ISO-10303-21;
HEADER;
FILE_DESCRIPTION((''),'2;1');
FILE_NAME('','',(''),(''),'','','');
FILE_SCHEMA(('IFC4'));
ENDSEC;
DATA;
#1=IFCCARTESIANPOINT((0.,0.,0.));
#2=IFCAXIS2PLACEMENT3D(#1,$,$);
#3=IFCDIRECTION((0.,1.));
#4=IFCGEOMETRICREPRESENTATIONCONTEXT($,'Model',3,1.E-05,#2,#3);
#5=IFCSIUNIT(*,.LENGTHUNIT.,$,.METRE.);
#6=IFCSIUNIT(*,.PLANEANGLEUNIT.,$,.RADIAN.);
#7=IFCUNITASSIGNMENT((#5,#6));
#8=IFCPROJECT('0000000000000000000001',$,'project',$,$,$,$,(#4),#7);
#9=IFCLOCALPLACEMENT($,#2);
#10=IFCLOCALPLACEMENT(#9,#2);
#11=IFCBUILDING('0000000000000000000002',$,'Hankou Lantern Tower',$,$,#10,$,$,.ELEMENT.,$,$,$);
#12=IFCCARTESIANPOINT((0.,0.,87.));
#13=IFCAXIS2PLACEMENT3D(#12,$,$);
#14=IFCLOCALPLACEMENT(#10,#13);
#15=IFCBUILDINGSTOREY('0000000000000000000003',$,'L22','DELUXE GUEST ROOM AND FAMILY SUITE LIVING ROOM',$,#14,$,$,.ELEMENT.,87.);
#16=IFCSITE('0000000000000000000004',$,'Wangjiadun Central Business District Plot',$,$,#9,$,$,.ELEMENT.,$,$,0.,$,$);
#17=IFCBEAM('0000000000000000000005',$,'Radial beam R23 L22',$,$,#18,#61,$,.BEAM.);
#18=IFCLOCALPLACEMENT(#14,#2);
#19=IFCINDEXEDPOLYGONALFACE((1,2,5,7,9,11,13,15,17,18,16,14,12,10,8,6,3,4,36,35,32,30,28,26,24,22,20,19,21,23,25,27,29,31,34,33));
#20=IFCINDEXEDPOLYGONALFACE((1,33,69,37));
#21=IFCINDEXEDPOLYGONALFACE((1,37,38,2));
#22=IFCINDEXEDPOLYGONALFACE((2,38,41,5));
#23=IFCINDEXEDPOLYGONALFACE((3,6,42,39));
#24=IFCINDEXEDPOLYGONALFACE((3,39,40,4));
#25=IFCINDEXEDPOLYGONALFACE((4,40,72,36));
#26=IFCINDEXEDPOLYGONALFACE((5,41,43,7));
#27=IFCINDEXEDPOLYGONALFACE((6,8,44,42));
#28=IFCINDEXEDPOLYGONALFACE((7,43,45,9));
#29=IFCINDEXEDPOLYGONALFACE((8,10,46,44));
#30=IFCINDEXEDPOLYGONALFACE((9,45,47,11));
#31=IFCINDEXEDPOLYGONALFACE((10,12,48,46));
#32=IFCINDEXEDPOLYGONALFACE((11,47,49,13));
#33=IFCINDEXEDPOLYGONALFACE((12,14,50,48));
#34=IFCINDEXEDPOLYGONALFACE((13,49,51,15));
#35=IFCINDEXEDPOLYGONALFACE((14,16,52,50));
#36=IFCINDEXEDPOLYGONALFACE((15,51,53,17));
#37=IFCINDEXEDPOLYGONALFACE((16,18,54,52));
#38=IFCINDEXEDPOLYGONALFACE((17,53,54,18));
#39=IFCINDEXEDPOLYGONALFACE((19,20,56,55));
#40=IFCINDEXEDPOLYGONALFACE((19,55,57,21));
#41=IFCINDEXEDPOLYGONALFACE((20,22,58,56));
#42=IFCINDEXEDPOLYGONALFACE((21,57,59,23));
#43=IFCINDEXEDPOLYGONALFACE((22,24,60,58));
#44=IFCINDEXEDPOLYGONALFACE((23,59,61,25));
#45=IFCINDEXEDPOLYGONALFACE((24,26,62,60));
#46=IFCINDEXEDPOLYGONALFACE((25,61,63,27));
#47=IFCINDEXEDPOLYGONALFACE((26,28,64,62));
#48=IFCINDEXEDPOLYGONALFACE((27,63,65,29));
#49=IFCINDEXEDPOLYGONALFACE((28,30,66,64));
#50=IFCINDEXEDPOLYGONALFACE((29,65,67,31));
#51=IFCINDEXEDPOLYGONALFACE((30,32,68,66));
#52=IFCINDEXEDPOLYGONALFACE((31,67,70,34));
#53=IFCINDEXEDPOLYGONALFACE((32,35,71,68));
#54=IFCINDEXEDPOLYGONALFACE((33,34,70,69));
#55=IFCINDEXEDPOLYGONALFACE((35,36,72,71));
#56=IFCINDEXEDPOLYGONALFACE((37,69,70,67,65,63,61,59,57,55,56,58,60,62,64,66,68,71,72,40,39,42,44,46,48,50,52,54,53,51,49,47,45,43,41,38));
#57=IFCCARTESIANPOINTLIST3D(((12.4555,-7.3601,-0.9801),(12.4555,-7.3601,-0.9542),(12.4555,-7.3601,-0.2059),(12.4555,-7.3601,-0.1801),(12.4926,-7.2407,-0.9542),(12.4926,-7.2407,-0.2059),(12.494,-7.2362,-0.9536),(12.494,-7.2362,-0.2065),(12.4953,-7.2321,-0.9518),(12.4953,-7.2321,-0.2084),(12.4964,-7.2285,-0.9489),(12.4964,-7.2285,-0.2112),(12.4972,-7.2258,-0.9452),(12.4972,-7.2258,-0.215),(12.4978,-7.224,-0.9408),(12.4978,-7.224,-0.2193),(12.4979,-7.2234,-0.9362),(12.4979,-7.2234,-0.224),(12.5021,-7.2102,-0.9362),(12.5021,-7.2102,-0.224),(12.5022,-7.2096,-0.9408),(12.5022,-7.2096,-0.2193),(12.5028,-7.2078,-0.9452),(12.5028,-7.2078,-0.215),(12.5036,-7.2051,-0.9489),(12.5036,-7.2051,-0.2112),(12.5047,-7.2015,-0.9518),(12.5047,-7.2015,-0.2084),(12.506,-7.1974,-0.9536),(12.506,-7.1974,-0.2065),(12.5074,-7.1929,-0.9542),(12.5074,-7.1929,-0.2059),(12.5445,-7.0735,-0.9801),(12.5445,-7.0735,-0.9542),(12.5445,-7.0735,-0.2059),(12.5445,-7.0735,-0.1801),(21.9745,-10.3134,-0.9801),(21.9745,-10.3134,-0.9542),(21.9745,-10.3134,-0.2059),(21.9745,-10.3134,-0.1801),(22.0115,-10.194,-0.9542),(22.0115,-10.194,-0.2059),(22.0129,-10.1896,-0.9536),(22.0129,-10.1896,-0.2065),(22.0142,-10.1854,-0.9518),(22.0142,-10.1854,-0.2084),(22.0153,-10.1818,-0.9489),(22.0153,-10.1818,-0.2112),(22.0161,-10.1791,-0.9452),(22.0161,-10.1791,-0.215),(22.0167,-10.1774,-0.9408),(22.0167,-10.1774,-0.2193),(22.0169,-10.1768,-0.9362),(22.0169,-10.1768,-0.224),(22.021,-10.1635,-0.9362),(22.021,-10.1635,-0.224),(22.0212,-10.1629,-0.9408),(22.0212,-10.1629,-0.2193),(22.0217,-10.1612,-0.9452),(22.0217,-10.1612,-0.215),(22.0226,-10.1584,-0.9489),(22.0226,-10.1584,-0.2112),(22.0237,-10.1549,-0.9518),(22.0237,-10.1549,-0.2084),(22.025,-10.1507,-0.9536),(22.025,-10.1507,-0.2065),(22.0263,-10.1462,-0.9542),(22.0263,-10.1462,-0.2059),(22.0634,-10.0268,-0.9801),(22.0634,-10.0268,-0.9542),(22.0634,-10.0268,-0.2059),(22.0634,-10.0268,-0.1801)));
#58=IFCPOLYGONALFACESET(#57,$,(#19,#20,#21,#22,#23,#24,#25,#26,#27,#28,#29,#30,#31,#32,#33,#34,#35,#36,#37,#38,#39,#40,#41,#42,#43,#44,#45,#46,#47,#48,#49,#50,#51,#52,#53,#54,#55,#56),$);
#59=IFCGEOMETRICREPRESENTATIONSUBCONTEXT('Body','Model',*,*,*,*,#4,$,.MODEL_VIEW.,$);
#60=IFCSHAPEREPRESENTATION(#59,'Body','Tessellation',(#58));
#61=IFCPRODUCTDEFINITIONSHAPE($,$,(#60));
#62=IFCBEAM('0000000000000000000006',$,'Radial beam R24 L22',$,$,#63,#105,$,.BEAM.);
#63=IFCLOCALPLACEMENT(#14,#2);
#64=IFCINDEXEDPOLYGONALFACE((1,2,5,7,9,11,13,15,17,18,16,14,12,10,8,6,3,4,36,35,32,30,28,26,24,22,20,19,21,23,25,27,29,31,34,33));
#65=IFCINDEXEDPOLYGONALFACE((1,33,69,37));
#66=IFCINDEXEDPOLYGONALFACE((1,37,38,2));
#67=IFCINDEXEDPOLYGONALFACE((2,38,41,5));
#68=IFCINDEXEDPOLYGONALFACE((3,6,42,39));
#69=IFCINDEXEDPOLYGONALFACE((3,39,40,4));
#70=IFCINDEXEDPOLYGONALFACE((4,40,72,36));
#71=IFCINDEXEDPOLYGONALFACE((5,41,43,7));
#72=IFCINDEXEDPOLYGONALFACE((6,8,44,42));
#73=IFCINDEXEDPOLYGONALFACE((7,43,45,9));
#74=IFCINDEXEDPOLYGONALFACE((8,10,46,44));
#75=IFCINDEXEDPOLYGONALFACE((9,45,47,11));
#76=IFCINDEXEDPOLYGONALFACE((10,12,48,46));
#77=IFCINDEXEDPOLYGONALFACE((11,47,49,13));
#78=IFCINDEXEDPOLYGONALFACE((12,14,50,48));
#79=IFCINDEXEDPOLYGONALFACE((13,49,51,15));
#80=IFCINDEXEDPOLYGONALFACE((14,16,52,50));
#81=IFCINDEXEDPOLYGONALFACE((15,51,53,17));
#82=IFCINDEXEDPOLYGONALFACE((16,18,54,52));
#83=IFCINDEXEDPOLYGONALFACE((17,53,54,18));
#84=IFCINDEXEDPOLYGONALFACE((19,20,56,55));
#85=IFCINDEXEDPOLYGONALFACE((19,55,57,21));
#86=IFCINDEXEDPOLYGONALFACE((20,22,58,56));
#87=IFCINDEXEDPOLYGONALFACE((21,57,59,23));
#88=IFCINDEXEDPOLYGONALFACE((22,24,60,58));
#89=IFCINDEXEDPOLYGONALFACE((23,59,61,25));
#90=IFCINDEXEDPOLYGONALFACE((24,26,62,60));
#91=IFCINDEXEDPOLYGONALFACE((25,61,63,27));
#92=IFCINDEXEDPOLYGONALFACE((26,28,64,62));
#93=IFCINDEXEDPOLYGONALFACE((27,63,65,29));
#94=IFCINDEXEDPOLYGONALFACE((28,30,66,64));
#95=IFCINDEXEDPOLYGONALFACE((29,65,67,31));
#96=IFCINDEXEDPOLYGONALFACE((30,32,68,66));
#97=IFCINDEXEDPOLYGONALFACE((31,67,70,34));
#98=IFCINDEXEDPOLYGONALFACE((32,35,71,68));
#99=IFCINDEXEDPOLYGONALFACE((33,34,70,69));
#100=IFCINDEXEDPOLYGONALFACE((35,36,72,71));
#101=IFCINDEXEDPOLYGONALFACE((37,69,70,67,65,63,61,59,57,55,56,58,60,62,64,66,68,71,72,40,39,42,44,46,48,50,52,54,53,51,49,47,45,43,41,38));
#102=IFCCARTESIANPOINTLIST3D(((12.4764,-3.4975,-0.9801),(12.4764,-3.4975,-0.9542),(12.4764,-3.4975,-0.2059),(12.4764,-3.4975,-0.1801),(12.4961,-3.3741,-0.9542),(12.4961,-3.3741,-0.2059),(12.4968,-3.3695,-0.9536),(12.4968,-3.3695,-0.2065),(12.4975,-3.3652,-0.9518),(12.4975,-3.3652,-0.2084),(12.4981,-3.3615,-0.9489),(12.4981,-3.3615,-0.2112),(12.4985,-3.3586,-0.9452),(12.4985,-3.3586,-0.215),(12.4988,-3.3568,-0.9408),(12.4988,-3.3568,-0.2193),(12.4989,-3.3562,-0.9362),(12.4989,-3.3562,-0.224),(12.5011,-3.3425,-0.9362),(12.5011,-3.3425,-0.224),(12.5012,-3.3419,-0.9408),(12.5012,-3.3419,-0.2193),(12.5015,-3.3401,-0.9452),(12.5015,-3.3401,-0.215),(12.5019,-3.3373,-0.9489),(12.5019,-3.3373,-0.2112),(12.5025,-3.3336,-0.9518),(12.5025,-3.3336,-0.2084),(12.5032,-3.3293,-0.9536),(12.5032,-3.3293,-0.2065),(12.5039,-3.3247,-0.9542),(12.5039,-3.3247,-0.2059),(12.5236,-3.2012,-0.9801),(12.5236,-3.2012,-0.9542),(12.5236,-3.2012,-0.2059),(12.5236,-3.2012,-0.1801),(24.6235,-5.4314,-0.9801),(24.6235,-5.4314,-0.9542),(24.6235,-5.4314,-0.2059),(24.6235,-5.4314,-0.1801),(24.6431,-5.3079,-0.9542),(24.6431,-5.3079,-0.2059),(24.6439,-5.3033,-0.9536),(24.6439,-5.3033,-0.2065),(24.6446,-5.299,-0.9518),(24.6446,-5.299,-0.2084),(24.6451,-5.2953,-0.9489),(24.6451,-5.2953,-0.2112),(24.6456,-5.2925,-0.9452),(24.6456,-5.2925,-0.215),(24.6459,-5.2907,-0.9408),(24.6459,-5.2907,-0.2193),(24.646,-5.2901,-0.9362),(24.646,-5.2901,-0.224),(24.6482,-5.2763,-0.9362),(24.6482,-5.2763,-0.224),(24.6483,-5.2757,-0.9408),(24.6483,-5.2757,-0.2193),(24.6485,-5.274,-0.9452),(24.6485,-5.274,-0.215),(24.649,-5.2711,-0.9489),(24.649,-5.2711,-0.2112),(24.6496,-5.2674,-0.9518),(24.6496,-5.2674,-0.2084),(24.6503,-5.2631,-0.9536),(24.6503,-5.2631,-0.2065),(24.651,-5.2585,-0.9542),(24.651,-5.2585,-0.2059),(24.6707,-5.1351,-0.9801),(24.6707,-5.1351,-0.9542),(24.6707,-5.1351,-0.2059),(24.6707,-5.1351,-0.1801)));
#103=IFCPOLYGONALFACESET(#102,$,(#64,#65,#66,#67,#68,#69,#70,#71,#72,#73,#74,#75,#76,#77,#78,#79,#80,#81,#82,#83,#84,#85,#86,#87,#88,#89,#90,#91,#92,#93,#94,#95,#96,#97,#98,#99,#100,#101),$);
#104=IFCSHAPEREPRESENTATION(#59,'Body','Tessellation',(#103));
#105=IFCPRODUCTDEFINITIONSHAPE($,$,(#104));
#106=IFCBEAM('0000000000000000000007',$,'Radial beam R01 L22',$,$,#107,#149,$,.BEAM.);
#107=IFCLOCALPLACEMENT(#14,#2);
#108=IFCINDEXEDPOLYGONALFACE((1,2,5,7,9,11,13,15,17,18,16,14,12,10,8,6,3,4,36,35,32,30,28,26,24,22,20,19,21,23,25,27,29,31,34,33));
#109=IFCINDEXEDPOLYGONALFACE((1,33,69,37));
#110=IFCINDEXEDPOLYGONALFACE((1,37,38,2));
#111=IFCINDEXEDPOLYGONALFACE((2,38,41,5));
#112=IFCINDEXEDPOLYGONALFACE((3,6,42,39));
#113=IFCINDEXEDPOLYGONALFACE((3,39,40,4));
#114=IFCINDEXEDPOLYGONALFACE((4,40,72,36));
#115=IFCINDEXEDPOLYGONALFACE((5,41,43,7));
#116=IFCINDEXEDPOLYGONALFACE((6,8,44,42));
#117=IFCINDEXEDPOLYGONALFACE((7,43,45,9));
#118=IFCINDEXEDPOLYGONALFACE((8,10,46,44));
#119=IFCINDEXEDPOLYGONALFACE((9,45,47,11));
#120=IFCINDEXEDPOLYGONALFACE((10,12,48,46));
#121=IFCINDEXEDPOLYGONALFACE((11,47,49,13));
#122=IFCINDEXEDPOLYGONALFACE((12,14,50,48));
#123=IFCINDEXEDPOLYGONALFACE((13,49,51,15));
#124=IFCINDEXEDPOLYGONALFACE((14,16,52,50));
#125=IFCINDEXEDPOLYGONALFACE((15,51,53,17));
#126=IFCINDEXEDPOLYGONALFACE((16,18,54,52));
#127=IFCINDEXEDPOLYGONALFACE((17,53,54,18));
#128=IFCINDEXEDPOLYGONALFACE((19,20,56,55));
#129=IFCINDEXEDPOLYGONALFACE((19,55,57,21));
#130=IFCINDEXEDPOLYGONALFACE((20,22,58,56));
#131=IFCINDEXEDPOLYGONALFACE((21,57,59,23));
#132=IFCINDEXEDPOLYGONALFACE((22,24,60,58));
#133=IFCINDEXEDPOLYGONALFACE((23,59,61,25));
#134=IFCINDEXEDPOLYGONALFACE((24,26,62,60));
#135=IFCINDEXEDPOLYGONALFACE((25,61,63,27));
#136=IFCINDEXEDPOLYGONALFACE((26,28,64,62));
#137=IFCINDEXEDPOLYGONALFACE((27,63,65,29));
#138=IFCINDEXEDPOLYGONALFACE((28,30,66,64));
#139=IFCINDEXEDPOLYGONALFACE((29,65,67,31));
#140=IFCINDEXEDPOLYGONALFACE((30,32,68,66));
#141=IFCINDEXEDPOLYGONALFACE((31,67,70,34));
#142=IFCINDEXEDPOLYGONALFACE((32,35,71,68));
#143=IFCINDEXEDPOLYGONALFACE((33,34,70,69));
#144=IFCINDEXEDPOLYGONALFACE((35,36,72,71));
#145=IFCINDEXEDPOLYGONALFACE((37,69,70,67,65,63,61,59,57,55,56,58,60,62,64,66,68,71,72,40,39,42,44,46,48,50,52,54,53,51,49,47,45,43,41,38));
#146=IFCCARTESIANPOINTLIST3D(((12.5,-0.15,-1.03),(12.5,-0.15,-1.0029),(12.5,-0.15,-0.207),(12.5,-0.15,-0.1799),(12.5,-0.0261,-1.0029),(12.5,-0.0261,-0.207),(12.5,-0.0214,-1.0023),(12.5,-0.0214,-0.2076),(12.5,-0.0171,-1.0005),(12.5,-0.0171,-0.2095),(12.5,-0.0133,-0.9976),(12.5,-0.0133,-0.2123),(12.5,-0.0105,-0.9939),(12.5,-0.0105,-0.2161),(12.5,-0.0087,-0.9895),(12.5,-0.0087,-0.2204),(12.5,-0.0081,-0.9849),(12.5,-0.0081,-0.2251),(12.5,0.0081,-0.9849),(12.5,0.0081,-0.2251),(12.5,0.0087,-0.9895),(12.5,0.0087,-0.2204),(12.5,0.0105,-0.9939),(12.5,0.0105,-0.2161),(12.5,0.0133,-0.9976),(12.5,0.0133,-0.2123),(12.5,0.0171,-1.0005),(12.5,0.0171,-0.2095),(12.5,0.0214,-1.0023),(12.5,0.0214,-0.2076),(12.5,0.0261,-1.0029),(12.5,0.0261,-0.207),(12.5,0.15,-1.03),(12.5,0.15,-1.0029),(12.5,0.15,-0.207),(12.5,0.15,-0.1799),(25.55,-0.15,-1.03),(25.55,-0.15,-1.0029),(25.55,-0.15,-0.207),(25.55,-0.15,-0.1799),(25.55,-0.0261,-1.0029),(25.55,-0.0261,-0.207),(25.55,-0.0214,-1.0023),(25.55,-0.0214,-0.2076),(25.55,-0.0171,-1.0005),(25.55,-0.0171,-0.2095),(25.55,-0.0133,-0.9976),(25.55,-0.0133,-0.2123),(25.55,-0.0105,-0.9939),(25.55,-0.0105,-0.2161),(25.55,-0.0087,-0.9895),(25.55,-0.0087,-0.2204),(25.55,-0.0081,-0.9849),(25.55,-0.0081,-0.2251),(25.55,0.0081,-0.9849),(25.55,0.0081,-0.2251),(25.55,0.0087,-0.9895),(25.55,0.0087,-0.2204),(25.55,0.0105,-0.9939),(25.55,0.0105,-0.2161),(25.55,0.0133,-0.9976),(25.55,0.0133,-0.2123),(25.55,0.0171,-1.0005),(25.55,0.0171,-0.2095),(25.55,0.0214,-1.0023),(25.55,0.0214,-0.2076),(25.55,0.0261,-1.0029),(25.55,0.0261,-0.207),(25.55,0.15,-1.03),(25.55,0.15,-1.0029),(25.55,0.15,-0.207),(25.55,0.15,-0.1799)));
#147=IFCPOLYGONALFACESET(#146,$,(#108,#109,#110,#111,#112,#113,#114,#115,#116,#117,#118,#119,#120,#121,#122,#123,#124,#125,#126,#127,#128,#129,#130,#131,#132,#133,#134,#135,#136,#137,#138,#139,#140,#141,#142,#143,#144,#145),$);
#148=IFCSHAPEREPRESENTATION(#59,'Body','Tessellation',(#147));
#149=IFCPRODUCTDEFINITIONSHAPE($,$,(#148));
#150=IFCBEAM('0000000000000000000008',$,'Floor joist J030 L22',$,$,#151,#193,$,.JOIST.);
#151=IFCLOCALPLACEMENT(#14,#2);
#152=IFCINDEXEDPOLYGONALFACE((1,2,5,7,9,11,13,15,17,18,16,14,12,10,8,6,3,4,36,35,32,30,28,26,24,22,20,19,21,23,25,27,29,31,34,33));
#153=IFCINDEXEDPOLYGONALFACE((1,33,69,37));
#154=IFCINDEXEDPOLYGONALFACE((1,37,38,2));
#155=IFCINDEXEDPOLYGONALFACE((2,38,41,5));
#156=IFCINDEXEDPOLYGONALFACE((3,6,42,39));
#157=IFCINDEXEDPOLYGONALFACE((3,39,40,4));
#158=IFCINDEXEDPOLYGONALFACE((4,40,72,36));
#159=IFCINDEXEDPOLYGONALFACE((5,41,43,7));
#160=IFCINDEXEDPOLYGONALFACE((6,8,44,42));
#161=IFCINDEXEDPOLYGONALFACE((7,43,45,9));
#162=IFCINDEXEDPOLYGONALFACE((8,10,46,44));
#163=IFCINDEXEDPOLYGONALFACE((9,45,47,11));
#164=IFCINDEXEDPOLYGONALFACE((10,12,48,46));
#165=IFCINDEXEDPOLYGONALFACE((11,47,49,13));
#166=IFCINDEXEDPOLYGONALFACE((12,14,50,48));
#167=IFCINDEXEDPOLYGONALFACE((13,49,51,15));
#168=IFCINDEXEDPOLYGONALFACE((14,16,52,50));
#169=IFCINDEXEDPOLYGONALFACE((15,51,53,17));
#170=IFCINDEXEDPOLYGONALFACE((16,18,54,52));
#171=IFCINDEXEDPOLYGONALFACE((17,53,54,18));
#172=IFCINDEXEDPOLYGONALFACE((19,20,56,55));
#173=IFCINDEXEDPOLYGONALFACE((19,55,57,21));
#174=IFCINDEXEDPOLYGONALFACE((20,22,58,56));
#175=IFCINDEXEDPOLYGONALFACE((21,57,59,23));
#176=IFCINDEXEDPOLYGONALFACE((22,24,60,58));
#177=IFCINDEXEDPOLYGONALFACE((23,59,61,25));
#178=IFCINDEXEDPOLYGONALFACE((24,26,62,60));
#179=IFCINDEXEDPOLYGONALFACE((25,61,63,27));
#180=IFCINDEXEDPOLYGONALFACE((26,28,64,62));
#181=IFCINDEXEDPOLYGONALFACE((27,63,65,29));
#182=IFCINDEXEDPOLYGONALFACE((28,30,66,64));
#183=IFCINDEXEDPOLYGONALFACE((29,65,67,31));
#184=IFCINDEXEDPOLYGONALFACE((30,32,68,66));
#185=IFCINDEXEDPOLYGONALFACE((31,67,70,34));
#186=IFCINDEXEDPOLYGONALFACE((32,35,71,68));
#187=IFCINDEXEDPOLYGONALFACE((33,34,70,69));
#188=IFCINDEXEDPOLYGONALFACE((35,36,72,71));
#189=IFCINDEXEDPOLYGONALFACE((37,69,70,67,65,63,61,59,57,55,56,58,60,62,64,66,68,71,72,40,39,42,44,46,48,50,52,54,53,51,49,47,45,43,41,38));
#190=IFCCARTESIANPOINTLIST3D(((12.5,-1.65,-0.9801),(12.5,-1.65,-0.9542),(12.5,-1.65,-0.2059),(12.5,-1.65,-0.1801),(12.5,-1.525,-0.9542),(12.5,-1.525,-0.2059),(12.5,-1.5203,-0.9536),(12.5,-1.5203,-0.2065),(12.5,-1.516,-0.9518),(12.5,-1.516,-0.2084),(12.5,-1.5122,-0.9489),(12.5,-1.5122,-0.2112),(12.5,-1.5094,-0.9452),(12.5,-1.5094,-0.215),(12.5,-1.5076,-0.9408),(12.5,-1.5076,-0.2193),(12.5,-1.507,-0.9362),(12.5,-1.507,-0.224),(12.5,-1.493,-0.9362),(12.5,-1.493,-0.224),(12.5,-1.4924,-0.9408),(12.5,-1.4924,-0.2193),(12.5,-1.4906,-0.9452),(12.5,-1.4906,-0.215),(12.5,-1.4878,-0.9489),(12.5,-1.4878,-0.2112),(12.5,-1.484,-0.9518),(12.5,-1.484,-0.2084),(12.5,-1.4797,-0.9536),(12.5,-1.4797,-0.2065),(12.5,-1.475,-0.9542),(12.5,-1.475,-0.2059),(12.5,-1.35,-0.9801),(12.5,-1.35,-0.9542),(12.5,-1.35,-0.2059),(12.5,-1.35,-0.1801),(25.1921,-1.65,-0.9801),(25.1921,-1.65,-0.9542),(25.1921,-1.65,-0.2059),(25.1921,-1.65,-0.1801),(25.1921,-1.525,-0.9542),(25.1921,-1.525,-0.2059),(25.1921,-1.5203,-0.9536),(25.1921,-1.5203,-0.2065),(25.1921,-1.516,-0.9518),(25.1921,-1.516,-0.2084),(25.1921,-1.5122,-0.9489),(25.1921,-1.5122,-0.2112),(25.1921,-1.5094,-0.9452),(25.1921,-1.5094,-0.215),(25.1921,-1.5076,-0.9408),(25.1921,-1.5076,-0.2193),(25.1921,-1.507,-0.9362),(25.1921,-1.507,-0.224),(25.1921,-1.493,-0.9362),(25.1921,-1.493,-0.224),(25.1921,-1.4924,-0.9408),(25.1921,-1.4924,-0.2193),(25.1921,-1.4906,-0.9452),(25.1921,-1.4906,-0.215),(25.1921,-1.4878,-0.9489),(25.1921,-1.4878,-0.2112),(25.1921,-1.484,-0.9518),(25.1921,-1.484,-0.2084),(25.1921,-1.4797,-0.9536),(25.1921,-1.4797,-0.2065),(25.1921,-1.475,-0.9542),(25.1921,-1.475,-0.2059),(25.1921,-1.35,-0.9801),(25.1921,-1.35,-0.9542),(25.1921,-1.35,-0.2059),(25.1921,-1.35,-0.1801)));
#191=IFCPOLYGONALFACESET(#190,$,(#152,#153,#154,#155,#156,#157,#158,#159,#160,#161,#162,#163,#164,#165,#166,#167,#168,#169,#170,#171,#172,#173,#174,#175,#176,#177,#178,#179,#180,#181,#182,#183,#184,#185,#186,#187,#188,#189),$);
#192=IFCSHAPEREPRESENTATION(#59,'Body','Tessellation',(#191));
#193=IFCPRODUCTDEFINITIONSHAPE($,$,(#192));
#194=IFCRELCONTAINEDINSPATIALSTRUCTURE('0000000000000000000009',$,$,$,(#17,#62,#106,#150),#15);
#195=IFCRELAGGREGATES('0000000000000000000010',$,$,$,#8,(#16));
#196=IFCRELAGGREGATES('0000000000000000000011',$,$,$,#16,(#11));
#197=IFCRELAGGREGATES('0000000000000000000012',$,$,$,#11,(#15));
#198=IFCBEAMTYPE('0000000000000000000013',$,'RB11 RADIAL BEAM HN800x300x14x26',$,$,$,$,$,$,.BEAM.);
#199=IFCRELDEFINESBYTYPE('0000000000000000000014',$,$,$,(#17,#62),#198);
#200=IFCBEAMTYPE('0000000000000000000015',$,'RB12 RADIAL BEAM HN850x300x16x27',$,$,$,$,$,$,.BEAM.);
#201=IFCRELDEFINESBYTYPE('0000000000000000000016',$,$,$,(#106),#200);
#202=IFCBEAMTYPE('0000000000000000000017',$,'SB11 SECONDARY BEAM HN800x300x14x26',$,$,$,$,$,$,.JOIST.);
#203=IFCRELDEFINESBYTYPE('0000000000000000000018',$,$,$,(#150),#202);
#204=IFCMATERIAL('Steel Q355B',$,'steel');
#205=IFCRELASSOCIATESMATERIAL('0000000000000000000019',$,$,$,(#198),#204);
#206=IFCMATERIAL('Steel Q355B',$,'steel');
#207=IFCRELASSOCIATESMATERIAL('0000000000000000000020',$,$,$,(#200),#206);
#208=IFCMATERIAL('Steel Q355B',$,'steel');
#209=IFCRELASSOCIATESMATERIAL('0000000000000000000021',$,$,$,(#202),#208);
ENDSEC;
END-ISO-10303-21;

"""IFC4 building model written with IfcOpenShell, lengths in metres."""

from ifc_helpers import new_model, si_unit, direction, frame, origin, origin_2d, place, context, subcontext, project, spatial, i_section, extrude, material, material_profile, profile_set, type_object, element, save


model = new_model("IFC4")

# Units and contexts
model_context = context("Model", 3, precision=1e-05, world=origin(), true_north=direction((0.0, 1.0)))
body_context = subcontext(model_context, "Body", "Model", "MODEL_VIEW")
ifc_project = project(units=[si_unit("LENGTHUNIT", "METRE"), si_unit("PLANEANGLEUNIT", "RADIAN")], contexts=[model_context])

# Site, building, storey
site_placement = place(None, origin())
site = spatial("IfcSite", under=ifc_project, at=site_placement, Name="Wangjiadun Central Business District Plot", CompositionType="ELEMENT", RefElevation=0.0)
building_placement = place(site_placement, origin())
building = spatial("IfcBuilding", under=site, at=building_placement, Name="Hankou Lantern Tower", CompositionType="ELEMENT")
storey_placement = place(building_placement, frame((0.0, 0.0, 87.0)))
storey = spatial("IfcBuildingStorey", under=building, at=storey_placement, Name="L22", Description="DELUXE GUEST ROOM AND FAMILY SUITE LIVING ROOM", CompositionType="ELEMENT", Elevation=87.0)

# Beams
ifc_material_1 = material(Name="Steel Q355B", Category="steel")
ifc_material_profile_1 = material_profile(ifc_material_1, i_section(OverallWidth=0.3, OverallDepth=0.8, WebThickness=0.0139, FlangeThickness=0.0259, FilletRadius=0.0181, at=origin_2d()), Name="HN800x300x14x26")
ifc_profile_set_1 = profile_set([ifc_material_profile_1], Name="Steel Q355B")
beam_type_1 = type_object("IfcBeamType", Name="RB11 RADIAL BEAM HN800x300x14x26", PredefinedType="BEAM", material=ifc_profile_set_1)
beam_1_placement = place(storey_placement, frame((12.5, -7.2168, -0.5801), z_axis=(0.955087, -0.296324, 0.0), x_axis=(0.296324, 0.955087, 0.0)))
element("IfcBeam", 1, at=beam_1_placement, inside=storey, type_object=beam_type_1, Name="Radial beam R23 L22", PredefinedType="BEAM", context=body_context, shape_type="SweptSolid", body=[
    extrude(i_section(OverallWidth=0.3, OverallDepth=0.8, WebThickness=0.0139, FlangeThickness=0.0259, FilletRadius=0.0181, at=origin_2d()), origin(), (0.0, 0.0, 1.0), 9.9666),
])
beam_2_placement = place(storey_placement, frame((12.5, -3.3494, -0.5801), z_axis=(0.987563, -0.157223, 0.0), x_axis=(0.157223, 0.987563, 0.0)))
element("IfcBeam", 2, at=beam_2_placement, inside=storey, type_object=beam_type_1, Name="Radial beam R24 L22", PredefinedType="BEAM", context=body_context, shape_type="SweptSolid", body=[
    extrude(i_section(OverallWidth=0.3, OverallDepth=0.8, WebThickness=0.0139, FlangeThickness=0.0259, FilletRadius=0.0181, at=origin_2d()), origin(), (0.0, 0.0, 1.0), 12.3),
])
ifc_material_2 = material(Name="Steel Q355B", Category="steel")
ifc_material_profile_2 = material_profile(ifc_material_2, i_section(OverallWidth=0.3, OverallDepth=0.8501, WebThickness=0.0161, FlangeThickness=0.0271, FilletRadius=0.0181, at=origin_2d()), Name="HN850x300x16x27")
ifc_profile_set_2 = profile_set([ifc_material_profile_2], Name="Steel Q355B")
beam_type_2 = type_object("IfcBeamType", Name="RB12 RADIAL BEAM HN850x300x16x27", PredefinedType="BEAM", material=ifc_profile_set_2)
beam_3_placement = place(storey_placement, frame((12.5, 0.0, -0.605), z_axis=(1.0, 0.0, 0.0), x_axis=(0.0, 1.0, 0.0)))
element("IfcBeam", 3, at=beam_3_placement, inside=storey, type_object=beam_type_2, Name="Radial beam R01 L22", PredefinedType="BEAM", context=body_context, shape_type="SweptSolid", body=[
    extrude(i_section(OverallWidth=0.3, OverallDepth=0.8501, WebThickness=0.0161, FlangeThickness=0.0271, FilletRadius=0.0181, at=origin_2d()), origin(), (0.0, 0.0, 1.0), 13.05),
])
ifc_material_3 = material(Name="Steel Q355B", Category="steel")
ifc_material_profile_3 = material_profile(ifc_material_3, i_section(OverallWidth=0.3, OverallDepth=0.8, WebThickness=0.0139, FlangeThickness=0.0259, FilletRadius=0.0181, at=origin_2d()), Name="HN800x300x14x26")
ifc_profile_set_3 = profile_set([ifc_material_profile_3], Name="Steel Q355B")
beam_type_3 = type_object("IfcBeamType", Name="SB11 SECONDARY BEAM HN800x300x14x26", PredefinedType="JOIST", material=ifc_profile_set_3)
beam_4_placement = place(storey_placement, frame((12.5, -1.5, -0.5801), z_axis=(1.0, 0.0, 0.0), x_axis=(0.0, 1.0, 0.0)))
element("IfcBeam", 4, at=beam_4_placement, inside=storey, type_object=beam_type_3, Name="Floor joist J030 L22", PredefinedType="JOIST", context=body_context, shape_type="SweptSolid", body=[
    extrude(i_section(OverallWidth=0.3, OverallDepth=0.8, WebThickness=0.0139, FlangeThickness=0.0259, FilletRadius=0.0181, at=origin_2d()), origin(), (0.0, 0.0, 1.0), 12.6921),
])

save(model, "model.ifc")
